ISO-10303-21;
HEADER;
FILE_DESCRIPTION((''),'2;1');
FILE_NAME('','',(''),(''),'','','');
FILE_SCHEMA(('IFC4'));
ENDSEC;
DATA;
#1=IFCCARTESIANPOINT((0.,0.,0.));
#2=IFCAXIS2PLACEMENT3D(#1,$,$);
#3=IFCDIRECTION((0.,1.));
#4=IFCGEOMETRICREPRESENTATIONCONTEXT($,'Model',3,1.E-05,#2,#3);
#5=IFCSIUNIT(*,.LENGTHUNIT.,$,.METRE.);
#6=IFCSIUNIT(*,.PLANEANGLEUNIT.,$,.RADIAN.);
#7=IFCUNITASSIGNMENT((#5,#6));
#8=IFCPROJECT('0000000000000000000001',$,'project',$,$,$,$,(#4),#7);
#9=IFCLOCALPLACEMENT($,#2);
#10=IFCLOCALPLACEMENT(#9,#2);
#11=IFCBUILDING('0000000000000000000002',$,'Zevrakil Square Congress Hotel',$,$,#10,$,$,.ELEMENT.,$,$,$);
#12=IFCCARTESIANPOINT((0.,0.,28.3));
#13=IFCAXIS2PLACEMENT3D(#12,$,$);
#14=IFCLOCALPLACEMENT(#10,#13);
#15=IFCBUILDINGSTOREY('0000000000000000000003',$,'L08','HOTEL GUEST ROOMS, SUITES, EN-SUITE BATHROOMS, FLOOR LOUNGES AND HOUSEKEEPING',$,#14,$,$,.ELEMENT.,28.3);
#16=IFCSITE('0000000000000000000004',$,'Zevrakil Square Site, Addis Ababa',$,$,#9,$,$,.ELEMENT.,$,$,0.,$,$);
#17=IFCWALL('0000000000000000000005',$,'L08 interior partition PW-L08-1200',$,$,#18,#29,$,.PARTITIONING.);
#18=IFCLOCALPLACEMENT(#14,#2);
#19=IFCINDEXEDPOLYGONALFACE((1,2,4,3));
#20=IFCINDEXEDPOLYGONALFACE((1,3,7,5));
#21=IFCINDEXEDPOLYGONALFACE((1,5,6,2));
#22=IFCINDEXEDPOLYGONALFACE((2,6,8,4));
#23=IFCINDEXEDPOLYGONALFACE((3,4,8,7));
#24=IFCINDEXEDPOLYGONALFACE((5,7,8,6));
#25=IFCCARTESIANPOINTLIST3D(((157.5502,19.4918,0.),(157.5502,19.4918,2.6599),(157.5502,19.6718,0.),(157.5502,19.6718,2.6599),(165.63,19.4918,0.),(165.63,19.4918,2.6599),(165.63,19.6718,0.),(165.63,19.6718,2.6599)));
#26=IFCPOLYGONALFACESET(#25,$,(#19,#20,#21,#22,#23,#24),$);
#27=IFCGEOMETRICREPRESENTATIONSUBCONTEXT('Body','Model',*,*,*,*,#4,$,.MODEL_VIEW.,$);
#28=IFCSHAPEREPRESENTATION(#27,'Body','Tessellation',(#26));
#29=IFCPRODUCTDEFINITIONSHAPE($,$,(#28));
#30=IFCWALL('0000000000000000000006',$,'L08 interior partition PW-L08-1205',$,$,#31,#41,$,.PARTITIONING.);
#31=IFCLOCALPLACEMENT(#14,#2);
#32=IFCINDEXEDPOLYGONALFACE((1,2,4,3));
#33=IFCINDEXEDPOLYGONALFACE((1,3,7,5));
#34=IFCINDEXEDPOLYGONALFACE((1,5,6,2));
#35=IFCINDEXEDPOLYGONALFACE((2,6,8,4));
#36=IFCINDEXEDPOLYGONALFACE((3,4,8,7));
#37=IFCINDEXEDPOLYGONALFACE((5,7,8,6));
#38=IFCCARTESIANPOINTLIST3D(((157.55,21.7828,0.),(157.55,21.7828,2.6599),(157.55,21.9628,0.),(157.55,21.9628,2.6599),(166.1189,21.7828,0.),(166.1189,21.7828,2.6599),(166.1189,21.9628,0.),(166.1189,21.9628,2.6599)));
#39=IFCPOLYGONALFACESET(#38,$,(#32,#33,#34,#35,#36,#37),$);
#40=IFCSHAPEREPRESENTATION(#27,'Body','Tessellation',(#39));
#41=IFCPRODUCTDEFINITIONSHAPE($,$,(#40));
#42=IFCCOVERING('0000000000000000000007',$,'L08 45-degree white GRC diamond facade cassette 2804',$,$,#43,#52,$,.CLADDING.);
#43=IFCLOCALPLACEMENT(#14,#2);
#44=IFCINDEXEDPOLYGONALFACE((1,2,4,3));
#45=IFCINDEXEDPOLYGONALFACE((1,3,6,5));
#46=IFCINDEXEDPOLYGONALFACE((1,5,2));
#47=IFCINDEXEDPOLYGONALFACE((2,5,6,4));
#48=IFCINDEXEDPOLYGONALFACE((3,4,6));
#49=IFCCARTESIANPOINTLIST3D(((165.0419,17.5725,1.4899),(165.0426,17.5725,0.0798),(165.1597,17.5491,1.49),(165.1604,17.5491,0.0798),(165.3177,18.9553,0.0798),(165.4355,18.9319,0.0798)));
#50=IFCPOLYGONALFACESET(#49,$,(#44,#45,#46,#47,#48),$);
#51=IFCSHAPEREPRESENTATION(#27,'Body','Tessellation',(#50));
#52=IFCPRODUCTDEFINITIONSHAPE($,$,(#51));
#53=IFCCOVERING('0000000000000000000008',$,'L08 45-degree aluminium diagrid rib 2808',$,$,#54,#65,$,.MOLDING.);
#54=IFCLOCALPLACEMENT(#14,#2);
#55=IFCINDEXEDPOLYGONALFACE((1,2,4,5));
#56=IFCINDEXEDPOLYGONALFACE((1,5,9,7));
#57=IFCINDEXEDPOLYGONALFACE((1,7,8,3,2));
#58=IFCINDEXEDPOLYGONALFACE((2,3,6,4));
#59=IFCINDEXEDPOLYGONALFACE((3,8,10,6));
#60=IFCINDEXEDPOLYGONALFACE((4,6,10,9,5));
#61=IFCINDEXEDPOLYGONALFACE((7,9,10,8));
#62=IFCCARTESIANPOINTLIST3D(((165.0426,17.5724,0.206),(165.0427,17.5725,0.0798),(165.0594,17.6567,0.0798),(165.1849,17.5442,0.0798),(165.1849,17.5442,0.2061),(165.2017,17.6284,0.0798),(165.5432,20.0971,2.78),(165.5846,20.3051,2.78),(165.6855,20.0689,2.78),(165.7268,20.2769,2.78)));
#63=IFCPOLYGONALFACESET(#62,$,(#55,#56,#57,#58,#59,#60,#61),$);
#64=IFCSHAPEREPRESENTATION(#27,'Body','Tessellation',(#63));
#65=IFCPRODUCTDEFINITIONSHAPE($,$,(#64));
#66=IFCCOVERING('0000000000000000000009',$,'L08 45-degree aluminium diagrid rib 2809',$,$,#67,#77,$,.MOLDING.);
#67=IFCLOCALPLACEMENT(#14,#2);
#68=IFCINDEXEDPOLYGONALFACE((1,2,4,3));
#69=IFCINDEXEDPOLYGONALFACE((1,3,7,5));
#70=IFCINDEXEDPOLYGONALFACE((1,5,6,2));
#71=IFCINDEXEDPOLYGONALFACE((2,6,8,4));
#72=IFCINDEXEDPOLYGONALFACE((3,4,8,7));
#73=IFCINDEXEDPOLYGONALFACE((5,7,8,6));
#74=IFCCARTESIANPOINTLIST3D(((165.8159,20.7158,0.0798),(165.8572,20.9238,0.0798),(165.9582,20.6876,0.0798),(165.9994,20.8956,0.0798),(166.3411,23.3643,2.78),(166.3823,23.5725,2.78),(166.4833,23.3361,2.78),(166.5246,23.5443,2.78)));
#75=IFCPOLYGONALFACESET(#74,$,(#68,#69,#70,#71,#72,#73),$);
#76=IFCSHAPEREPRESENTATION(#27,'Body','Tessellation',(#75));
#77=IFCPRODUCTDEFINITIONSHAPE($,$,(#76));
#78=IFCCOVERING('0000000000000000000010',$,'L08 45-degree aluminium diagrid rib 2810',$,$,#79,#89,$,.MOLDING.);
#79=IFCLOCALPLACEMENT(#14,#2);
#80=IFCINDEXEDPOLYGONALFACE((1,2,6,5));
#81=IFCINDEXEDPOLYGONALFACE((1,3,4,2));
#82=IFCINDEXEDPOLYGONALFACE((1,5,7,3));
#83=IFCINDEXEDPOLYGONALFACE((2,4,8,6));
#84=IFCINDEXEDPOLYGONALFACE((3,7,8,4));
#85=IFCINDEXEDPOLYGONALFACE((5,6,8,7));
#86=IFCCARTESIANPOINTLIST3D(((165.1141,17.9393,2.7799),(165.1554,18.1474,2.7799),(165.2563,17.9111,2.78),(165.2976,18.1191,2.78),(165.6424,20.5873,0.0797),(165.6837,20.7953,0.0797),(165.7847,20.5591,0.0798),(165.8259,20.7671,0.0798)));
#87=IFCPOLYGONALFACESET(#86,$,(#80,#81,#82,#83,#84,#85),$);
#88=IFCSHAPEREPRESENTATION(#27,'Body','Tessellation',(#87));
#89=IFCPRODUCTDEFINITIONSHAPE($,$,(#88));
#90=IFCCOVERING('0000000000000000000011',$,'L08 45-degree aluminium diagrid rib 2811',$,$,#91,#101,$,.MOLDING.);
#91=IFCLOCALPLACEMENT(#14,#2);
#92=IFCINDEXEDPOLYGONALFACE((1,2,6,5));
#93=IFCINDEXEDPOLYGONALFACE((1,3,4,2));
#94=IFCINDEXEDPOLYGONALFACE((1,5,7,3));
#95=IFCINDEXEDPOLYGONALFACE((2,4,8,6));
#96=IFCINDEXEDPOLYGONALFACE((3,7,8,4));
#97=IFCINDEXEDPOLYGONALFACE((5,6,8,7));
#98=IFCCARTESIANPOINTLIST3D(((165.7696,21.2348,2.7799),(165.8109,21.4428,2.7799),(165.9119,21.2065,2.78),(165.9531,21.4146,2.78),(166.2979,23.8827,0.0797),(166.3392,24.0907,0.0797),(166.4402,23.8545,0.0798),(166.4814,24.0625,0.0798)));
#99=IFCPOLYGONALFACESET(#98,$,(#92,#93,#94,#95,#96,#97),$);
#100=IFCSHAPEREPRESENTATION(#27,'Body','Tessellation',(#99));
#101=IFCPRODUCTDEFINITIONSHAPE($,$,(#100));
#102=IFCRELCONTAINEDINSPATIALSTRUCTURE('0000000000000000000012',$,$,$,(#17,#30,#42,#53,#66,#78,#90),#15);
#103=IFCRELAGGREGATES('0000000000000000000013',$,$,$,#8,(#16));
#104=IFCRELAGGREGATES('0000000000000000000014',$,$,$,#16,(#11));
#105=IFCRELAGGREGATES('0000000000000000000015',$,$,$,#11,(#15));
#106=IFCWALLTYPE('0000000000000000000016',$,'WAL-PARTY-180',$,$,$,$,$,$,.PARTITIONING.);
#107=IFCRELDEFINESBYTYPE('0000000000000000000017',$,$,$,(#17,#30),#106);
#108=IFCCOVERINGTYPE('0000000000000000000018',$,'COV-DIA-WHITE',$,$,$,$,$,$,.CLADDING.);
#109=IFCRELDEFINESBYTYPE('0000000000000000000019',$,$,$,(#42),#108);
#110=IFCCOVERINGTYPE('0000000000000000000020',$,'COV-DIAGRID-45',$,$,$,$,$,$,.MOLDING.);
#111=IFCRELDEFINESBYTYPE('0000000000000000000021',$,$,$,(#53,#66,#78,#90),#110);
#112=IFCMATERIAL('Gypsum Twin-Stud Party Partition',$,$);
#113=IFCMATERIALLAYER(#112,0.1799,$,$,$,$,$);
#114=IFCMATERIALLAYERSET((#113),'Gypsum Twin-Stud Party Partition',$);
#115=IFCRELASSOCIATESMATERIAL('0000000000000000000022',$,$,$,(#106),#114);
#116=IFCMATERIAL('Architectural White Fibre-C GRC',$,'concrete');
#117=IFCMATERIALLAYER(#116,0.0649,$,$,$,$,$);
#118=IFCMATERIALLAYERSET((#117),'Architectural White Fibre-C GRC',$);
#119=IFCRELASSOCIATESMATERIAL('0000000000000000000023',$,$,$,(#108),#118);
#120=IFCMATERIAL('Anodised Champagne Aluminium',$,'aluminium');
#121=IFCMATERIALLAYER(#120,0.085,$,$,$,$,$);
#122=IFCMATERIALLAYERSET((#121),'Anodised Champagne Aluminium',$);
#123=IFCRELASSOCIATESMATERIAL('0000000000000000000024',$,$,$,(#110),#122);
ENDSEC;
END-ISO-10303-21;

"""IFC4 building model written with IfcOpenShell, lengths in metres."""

from ifc_helpers import new_model, si_unit, direction, frame, frame_2d, origin, place, context, subcontext, project, spatial, polyline, rectangle, outline, extrude, material, layer, layer_set, type_object, element, save


model = new_model("IFC4")

# Units and contexts
model_context = context("Model", 3, precision=1e-05, world=origin(), true_north=direction((0.0, 1.0)))
body_context = subcontext(model_context, "Body", "Model", "MODEL_VIEW")
ifc_project = project(units=[si_unit("LENGTHUNIT", "METRE"), si_unit("PLANEANGLEUNIT", "RADIAN")], contexts=[model_context])

# Site, building, storey
site_placement = place(None, origin())
site = spatial("IfcSite", under=ifc_project, at=site_placement, Name="Zevrakil Square Site, Addis Ababa", CompositionType="ELEMENT", RefElevation=0.0)
building_placement = place(site_placement, origin())
building = spatial("IfcBuilding", under=site, at=building_placement, Name="Zevrakil Square Congress Hotel", CompositionType="ELEMENT")
storey_placement = place(building_placement, frame((0.0, 0.0, 28.3)))
storey = spatial("IfcBuildingStorey", under=building, at=storey_placement, Name="L08", Description="HOTEL GUEST ROOMS, SUITES, EN-SUITE BATHROOMS, FLOOR LOUNGES AND HOUSEKEEPING", CompositionType="ELEMENT", Elevation=28.3)

# Walls
ifc_material_1 = material(Name="Gypsum Twin-Stud Party Partition")
ifc_layer_1 = layer(ifc_material_1, 0.1799)
ifc_layer_set_1 = layer_set([ifc_layer_1], Name="Gypsum Twin-Stud Party Partition")
wall_type_1 = type_object("IfcWallType", Name="WAL-PARTY-180", PredefinedType="PARTITIONING", material=ifc_layer_set_1)
wall_1_placement = place(storey_placement, frame((157.55, 19.5818, 0.0), z_axis=(0.0, 0.0, 1.0), x_axis=(1.0, 0.0, 0.0)))
element("IfcWall", 1, at=wall_1_placement, inside=storey, type_object=wall_type_1, Name="L08 interior partition PW-L08-1200", PredefinedType="PARTITIONING", context=body_context, shape_type="SweptSolid", body=[
    extrude(rectangle(XDim=8.0798, YDim=0.1799, at=frame_2d((4.04, 0.0))), origin(), (0.0, 0.0, 1.0), 2.6599),
])
wall_2_placement = place(storey_placement, frame((157.55, 21.8728, 0.0), z_axis=(0.0, 0.0, 1.0), x_axis=(1.0, 0.0, 0.0)))
element("IfcWall", 2, at=wall_2_placement, inside=storey, type_object=wall_type_1, Name="L08 interior partition PW-L08-1205", PredefinedType="PARTITIONING", context=body_context, shape_type="SweptSolid", body=[
    extrude(rectangle(XDim=8.5688, YDim=0.1799, at=frame_2d((4.2844, 0.0))), origin(), (0.0, 0.0, 1.0), 2.6599),
])

# Coverings
ifc_material_2 = material(Name="Architectural White Fibre-C GRC", Category="concrete")
ifc_layer_2 = layer(ifc_material_2, 0.0649)
ifc_layer_set_2 = layer_set([ifc_layer_2], Name="Architectural White Fibre-C GRC")
covering_type_1 = type_object("IfcCoveringType", Name="COV-DIA-WHITE", PredefinedType="CLADDING", material=ifc_layer_set_2)
covering_1_placement = place(storey_placement, frame((165.4355, 18.9319, 0.0798), z_axis=(0.980773, -0.19515, 0.000509), x_axis=(-0.19515, -0.980773, 0.0)))
element("IfcCovering", 3, at=covering_1_placement, inside=storey, type_object=covering_type_1, Name="L08 45-degree white GRC diamond facade cassette 2804", PredefinedType="CLADDING", context=body_context, shape_type="SweptSolid", body=[
    extrude(outline(polyline([(0.0, 0.0), (1.4099, 0.0), (1.4101, -1.4102), (0.0, 0.0)])), origin(), (0.0, 0.0, -1.0), 0.1201),
])
ifc_material_3 = material(Name="Anodised Champagne Aluminium", Category="aluminium")
ifc_layer_3 = layer(ifc_material_3, 0.085)
ifc_layer_set_3 = layer_set([ifc_layer_3], Name="Anodised Champagne Aluminium")
covering_type_2 = type_object("IfcCoveringType", Name="COV-DIAGRID-45", PredefinedType="MOLDING", material=ifc_layer_set_3)
covering_2_placement = place(storey_placement, frame((165.2017, 17.6284, 0.0798), z_axis=(0.980832, -0.194853, 0.000366), x_axis=(-0.194853, -0.980833, -0.000001)))
element("IfcCovering", 4, at=covering_2_placement, inside=storey, type_object=covering_type_2, Name="L08 45-degree aluminium diagrid rib 2808", PredefinedType="MOLDING", context=body_context, shape_type="SweptSolid", body=[
    extrude(outline(polyline([(0.0, 0.0), (0.0858, 0.0), (0.0859, -0.1262), (-2.4879, -2.7002), (-2.7, -2.7002), (0.0, 0.0)])), origin(), (0.0, 0.0, -1.0), 0.145),
])
covering_3_placement = place(storey_placement, frame((165.8572, 20.9238, 0.0798), z_axis=(-0.980911, 0.194456, 0.000034), x_axis=(-0.194456, -0.980911, 0.0)))
element("IfcCovering", 5, at=covering_3_placement, inside=storey, type_object=covering_type_2, Name="L08 45-degree aluminium diagrid rib 2809", PredefinedType="MOLDING", context=body_context, shape_type="SweptSolid", body=[
    extrude(outline(polyline([(0.0, 0.0), (0.2121, 0.0), (-2.4879, 2.7002), (-2.7002, 2.7002), (0.0, 0.0)])), origin(), (0.0, 0.0, -1.0), 0.145),
])
for number, where, z_axis, x_axis, name in (
    (6, (165.2563, 17.9111, 2.78), (0.980889, -0.194566, 0.001119), (0.194566, 0.980889, 0.0), "L08 45-degree aluminium diagrid rib 2810"),
    (7, (165.9119, 21.2065, 2.78), (0.980889, -0.194566, 0.001119), (0.194566, 0.980889, 0.0), "L08 45-degree aluminium diagrid rib 2811"),
):
    element("IfcCovering", number, at=place(storey_placement, frame(where, z_axis=z_axis, x_axis=x_axis)), inside=storey, type_object=covering_type_2, Name=name, PredefinedType="MOLDING", context=body_context, shape_type="SweptSolid", body=[
        extrude(outline(polyline([(0.0, 0.0), (0.2121, 0.0), (2.9122, -2.7002), (2.7001, -2.7002), (0.0, 0.0)])), origin(), (0.0, 0.0, -1.0), 0.145),
    ])

save(model, "model.ifc")
